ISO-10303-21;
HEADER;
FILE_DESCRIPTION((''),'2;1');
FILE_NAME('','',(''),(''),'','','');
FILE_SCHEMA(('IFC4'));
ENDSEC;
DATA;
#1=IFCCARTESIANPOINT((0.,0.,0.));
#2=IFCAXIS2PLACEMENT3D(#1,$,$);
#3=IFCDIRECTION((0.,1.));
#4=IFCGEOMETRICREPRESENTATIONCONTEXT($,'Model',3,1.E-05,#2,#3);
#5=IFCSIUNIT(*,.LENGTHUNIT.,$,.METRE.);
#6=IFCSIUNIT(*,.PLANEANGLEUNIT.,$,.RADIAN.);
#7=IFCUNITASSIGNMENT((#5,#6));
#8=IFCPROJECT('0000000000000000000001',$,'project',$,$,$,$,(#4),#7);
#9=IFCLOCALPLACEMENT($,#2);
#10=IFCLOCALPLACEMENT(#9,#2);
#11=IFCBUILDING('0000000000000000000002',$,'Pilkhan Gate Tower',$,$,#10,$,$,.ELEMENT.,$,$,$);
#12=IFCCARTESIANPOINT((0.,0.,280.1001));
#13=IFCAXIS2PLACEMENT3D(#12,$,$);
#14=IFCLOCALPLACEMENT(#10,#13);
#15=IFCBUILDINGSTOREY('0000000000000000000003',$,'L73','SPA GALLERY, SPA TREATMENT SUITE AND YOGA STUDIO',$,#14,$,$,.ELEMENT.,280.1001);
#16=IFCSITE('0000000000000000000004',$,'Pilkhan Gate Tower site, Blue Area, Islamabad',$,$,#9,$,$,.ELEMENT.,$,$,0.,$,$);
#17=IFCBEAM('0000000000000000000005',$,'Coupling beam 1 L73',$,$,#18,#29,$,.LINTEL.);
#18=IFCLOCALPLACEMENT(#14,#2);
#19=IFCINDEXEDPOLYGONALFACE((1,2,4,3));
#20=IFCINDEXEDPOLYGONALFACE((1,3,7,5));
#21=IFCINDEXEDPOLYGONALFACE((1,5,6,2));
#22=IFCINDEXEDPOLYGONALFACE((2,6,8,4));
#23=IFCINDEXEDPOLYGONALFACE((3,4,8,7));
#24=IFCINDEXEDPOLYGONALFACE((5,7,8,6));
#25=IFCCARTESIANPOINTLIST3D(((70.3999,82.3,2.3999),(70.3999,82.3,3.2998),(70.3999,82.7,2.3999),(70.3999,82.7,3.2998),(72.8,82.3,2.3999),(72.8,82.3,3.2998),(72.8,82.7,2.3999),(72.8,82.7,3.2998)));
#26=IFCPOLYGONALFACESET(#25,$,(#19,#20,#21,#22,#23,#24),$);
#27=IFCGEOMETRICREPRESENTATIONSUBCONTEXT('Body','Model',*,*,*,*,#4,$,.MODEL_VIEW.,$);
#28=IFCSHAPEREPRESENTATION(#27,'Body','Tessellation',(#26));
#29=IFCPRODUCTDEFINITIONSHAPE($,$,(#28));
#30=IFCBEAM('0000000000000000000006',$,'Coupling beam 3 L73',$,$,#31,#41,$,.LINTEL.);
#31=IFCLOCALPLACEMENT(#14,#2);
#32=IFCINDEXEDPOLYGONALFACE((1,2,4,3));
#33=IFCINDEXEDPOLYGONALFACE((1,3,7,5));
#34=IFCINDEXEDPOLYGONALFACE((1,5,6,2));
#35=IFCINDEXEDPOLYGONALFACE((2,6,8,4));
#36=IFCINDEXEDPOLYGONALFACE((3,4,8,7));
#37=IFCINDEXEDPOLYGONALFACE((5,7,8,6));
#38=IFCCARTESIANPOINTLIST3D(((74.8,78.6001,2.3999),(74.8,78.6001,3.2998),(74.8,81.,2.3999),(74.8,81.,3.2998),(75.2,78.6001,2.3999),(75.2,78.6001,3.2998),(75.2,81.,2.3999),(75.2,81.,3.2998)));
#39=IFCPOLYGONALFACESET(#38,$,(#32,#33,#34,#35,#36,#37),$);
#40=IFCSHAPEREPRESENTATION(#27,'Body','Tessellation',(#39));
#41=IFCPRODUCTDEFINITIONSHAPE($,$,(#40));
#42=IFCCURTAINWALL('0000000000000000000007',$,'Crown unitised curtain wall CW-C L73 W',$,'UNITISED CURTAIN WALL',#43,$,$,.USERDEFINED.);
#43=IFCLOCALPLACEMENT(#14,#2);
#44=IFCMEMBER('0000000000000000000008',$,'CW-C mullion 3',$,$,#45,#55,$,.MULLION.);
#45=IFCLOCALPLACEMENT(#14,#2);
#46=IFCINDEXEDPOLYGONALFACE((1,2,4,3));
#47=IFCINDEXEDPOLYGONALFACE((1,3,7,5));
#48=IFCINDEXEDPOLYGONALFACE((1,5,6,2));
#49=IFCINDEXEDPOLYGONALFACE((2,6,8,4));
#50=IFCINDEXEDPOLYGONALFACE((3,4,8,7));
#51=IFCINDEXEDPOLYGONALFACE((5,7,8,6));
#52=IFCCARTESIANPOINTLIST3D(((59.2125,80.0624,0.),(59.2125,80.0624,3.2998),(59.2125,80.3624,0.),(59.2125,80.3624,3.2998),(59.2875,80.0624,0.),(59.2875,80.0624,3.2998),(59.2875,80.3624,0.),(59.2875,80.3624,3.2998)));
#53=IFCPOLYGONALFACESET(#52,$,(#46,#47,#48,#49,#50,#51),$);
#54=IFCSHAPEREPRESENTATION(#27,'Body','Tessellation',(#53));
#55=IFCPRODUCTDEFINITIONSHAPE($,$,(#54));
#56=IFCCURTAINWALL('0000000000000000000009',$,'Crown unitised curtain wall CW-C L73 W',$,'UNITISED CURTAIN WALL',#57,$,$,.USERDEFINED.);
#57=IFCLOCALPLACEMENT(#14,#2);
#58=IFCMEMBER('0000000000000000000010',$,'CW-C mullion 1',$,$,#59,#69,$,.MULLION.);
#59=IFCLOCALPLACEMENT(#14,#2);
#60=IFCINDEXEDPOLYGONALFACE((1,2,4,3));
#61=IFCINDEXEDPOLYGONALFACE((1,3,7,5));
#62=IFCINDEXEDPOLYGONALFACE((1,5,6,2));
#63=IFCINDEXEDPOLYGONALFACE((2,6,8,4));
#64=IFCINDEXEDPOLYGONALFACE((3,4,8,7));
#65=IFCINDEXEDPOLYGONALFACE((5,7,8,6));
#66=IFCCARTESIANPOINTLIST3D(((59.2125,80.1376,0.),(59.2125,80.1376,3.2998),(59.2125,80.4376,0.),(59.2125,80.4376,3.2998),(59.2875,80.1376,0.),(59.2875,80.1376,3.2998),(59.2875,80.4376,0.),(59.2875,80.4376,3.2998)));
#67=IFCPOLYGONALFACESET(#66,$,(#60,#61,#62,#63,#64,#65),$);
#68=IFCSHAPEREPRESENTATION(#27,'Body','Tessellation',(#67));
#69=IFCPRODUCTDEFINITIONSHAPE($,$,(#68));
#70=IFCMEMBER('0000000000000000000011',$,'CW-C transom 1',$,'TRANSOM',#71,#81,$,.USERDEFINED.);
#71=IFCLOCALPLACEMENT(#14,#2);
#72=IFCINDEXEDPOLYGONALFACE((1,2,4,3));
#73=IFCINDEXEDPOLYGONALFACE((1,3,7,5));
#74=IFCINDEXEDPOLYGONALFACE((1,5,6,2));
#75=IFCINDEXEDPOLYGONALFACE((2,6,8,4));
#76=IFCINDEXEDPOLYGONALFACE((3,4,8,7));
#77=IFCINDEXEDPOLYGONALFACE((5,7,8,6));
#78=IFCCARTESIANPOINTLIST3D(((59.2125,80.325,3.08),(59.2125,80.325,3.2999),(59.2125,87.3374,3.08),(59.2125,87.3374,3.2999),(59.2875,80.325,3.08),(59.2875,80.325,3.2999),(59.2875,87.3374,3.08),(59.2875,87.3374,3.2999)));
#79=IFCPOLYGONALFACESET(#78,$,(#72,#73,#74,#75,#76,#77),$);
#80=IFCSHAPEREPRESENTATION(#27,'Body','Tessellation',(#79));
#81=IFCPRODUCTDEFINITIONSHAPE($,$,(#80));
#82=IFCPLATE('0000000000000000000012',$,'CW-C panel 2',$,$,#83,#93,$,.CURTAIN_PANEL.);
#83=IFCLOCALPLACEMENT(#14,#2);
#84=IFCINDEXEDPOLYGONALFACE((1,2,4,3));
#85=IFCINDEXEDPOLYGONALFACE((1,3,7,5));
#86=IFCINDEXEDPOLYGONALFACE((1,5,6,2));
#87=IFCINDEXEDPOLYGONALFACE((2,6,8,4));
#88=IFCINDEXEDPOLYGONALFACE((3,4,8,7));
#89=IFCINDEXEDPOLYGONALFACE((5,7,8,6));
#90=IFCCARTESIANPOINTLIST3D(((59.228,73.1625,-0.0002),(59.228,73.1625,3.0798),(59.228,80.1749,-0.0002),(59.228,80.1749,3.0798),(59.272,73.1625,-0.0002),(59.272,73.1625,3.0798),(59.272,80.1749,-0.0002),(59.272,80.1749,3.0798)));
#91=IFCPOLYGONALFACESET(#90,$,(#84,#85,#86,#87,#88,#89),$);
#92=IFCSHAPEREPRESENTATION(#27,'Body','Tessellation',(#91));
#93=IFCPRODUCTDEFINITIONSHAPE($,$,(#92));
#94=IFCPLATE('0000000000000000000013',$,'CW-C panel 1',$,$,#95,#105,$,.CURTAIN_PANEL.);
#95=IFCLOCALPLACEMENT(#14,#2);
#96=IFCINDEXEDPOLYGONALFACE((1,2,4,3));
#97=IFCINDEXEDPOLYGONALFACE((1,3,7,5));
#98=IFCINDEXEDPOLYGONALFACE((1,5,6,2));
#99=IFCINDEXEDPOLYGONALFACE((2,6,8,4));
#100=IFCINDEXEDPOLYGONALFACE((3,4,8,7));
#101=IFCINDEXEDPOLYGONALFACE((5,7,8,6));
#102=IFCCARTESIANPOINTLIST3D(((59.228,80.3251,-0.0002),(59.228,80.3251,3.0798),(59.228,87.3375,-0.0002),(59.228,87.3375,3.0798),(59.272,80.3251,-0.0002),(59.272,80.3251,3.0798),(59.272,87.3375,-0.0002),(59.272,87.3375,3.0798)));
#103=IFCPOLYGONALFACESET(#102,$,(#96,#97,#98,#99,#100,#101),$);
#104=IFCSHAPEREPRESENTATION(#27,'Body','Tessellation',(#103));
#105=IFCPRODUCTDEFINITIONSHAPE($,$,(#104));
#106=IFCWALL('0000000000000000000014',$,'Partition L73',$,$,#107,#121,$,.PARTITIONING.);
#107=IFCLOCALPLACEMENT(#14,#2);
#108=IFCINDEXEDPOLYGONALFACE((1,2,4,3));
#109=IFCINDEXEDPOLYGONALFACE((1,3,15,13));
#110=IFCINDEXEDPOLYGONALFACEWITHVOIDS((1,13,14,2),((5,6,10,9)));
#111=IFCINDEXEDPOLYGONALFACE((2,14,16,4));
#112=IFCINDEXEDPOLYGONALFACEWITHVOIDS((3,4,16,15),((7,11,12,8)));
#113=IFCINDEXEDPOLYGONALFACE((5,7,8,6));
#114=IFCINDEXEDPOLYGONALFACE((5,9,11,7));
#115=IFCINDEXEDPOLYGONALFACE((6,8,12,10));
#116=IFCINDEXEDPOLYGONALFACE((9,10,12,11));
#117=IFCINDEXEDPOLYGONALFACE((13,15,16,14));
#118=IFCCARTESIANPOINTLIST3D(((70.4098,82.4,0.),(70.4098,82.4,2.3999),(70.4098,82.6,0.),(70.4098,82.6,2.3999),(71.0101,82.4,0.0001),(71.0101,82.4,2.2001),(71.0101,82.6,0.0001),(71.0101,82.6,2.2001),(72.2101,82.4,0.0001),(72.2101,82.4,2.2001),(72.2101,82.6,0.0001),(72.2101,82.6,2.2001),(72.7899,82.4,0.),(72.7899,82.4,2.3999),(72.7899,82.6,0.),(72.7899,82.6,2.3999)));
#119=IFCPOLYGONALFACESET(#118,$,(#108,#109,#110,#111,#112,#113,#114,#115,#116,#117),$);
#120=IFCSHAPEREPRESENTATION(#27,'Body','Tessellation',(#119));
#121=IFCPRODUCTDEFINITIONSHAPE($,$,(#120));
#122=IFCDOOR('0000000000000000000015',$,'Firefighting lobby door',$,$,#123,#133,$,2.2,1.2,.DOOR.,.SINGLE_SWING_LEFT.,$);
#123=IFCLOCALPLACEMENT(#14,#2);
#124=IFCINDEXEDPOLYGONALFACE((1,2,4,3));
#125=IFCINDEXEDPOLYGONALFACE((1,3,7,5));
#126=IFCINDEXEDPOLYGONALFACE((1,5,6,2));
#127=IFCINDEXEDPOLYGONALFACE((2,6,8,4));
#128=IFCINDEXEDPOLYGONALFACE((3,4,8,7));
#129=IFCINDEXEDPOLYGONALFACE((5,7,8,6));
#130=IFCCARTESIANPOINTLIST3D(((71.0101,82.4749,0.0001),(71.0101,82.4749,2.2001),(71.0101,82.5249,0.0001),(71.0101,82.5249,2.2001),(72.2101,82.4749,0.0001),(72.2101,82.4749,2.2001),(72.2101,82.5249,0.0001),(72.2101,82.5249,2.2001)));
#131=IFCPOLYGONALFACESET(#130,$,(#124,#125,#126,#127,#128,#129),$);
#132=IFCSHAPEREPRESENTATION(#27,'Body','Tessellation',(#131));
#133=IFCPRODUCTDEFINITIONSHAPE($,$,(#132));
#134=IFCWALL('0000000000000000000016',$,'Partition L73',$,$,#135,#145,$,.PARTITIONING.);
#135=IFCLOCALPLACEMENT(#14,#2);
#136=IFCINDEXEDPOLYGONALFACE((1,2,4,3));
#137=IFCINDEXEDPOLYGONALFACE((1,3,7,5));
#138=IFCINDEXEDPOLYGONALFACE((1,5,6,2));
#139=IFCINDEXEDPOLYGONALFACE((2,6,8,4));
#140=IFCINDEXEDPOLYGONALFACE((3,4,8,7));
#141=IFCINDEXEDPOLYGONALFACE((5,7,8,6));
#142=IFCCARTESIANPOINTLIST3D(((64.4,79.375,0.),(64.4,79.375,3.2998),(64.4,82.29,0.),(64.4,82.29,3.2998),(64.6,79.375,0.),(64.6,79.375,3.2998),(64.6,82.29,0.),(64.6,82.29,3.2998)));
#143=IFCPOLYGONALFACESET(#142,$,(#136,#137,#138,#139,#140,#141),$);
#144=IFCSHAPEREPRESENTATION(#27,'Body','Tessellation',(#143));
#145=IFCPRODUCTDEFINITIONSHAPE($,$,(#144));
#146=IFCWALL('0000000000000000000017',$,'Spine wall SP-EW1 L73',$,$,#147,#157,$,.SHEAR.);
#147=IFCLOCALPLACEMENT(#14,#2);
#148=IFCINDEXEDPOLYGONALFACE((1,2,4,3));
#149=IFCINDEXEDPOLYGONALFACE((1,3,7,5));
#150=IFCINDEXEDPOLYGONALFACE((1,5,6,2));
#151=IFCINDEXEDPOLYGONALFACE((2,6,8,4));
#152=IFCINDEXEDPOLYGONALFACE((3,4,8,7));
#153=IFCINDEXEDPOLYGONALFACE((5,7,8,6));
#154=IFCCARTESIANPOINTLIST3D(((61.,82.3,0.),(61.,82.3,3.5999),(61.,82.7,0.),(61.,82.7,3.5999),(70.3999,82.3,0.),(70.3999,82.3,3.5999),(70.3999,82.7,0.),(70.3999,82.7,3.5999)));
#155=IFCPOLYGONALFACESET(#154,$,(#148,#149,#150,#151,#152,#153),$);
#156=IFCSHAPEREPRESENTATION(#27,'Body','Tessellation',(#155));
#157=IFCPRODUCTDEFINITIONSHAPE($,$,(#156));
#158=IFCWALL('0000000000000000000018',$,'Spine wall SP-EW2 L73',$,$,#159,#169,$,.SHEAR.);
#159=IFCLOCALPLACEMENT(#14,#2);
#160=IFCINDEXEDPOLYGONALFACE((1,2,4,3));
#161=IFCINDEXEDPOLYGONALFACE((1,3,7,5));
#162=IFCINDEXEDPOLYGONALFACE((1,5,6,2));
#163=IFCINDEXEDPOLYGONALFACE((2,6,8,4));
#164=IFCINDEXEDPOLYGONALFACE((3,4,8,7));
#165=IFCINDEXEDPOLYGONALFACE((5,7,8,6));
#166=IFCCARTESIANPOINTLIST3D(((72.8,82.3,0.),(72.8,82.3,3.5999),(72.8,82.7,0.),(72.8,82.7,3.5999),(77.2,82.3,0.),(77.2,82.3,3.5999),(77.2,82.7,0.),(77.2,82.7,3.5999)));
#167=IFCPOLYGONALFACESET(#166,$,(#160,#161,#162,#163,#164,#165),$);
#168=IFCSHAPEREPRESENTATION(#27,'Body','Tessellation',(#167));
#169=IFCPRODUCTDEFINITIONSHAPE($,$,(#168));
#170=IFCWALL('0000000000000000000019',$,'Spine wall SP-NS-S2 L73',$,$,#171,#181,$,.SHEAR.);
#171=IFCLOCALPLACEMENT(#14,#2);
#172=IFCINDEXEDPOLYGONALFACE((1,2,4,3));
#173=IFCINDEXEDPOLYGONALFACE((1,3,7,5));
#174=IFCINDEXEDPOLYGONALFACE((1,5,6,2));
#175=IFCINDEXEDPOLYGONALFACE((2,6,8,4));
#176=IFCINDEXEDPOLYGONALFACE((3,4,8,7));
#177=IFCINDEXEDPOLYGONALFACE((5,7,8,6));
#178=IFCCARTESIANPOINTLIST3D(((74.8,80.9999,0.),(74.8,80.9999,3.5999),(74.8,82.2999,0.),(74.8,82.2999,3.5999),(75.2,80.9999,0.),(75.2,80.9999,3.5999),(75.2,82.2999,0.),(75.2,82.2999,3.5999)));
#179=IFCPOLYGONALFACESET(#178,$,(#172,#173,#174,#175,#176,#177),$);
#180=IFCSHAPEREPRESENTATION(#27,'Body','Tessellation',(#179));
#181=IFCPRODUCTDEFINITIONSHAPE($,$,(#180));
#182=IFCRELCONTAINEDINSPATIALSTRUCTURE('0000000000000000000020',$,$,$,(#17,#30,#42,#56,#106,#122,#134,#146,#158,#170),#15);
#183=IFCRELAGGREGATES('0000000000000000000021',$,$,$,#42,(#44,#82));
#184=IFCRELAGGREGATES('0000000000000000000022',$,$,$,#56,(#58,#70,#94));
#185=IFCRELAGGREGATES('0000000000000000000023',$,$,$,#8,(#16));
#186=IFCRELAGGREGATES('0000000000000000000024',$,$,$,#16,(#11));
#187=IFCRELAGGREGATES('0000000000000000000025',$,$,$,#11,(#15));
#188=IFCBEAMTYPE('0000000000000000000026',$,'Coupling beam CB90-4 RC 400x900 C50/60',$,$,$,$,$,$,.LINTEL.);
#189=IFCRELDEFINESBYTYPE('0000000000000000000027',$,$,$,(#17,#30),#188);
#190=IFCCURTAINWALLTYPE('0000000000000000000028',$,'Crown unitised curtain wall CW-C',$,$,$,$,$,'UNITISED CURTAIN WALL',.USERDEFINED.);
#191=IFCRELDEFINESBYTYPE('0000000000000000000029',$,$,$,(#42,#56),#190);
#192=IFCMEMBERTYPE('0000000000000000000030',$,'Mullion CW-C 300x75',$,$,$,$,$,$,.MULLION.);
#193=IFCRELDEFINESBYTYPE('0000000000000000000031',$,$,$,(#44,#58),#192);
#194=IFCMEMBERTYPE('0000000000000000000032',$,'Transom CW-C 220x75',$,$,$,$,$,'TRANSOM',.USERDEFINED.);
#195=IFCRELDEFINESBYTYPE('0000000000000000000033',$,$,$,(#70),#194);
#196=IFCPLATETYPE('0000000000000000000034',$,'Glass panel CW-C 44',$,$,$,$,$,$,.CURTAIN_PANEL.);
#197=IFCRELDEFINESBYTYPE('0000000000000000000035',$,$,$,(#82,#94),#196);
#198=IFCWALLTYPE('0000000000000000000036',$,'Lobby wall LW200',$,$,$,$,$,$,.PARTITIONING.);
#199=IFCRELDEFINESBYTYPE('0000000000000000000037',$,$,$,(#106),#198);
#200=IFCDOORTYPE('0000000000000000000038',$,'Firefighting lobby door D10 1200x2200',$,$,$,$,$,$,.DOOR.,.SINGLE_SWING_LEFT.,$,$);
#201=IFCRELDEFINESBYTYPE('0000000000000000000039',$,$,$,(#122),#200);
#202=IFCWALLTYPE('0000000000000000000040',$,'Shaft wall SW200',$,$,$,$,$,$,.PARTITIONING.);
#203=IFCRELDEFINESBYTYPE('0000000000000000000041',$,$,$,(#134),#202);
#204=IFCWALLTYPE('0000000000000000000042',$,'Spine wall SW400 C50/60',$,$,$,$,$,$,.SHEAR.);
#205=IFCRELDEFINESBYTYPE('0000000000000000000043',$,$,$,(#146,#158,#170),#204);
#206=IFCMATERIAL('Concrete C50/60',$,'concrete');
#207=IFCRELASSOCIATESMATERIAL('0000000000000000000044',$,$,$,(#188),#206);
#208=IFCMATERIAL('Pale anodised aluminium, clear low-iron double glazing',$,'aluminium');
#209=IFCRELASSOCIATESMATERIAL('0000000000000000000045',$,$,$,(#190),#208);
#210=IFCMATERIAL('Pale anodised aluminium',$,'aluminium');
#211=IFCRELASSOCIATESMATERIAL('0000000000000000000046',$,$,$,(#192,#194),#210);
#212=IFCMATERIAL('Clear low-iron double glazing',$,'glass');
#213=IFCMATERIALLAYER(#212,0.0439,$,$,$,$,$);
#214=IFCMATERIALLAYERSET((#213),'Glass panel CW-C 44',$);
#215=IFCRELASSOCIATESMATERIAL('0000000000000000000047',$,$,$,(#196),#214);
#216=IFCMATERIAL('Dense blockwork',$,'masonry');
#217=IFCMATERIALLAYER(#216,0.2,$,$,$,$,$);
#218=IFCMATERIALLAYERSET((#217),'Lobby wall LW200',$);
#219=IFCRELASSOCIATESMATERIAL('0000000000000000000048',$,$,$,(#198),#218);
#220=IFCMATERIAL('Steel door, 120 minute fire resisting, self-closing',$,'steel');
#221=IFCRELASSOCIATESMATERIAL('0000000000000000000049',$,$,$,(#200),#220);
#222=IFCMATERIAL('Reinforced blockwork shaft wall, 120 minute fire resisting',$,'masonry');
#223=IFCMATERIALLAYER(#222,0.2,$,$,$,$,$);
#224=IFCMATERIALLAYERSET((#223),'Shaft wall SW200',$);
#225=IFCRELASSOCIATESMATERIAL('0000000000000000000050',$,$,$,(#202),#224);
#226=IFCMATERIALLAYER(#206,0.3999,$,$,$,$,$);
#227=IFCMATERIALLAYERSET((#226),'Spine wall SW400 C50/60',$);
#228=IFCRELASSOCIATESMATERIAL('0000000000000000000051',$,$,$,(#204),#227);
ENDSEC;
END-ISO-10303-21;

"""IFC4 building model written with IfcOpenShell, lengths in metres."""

from ifc_helpers import new_model, si_unit, direction, frame, frame_2d, origin, origin_2d, place, context, subcontext, project, spatial, rectangle, extrude, material, layer, layer_set, material_profile, profile_set, type_object, element, fill, aggregate, save


model = new_model("IFC4")

# Units and contexts
model_context = context("Model", 3, precision=1e-05, world=origin(), true_north=direction((0.0, 1.0)))
body_context = subcontext(model_context, "Body", "Model", "MODEL_VIEW")
ifc_project = project(units=[si_unit("LENGTHUNIT", "METRE"), si_unit("PLANEANGLEUNIT", "RADIAN")], contexts=[model_context])

# Site, building, storey
site_placement = place(None, origin())
site = spatial("IfcSite", under=ifc_project, at=site_placement, Name="Pilkhan Gate Tower site, Blue Area, Islamabad", CompositionType="ELEMENT", RefElevation=0.0)
building_placement = place(site_placement, origin())
building = spatial("IfcBuilding", under=site, at=building_placement, Name="Pilkhan Gate Tower", CompositionType="ELEMENT")
storey_placement = place(building_placement, frame((0.0, 0.0, 280.1001)))
storey = spatial("IfcBuildingStorey", under=building, at=storey_placement, Name="L73", Description="SPA GALLERY, SPA TREATMENT SUITE AND YOGA STUDIO", CompositionType="ELEMENT", Elevation=280.1001)

# Beams
ifc_material_1 = material(Name="Concrete C50/60", Category="concrete")
ifc_material_profile_1 = material_profile(ifc_material_1, rectangle(XDim=0.3999, YDim=0.8999, at=origin_2d()), Name="RC 400x900")
ifc_profile_set_1 = profile_set([ifc_material_profile_1], Name="Concrete C50/60")
beam_type = type_object("IfcBeamType", Name="Coupling beam CB90-4 RC 400x900 C50/60", PredefinedType="LINTEL", material=ifc_profile_set_1)
beam_1_placement = place(storey_placement, frame((70.3999, 82.5, 2.8499), z_axis=(1.0, 0.0, 0.0), x_axis=(0.0, 1.0, 0.0)))
element("IfcBeam", 1, at=beam_1_placement, inside=storey, type_object=beam_type, Name="Coupling beam 1 L73", PredefinedType="LINTEL", context=body_context, shape_type="SweptSolid", body=[
    extrude(rectangle(XDim=0.3999, YDim=0.8999, at=origin_2d()), origin(), (0.0, 0.0, 1.0), 2.4001),
])
beam_2_placement = place(storey_placement, frame((75.0, 78.6001, 2.8499), z_axis=(0.0, 1.0, 0.0), x_axis=(-1.0, 0.0, 0.0)))
element("IfcBeam", 2, at=beam_2_placement, inside=storey, type_object=beam_type, Name="Coupling beam 3 L73", PredefinedType="LINTEL", context=body_context, shape_type="SweptSolid", body=[
    extrude(rectangle(XDim=0.3999, YDim=0.8999, at=origin_2d()), origin(), (0.0, 0.0, 1.0), 2.3999),
])

# Curtain wall, member
ifc_material_2 = material(Name="Pale anodised aluminium, clear low-iron double glazing", Category="aluminium")
curtain_wall_type = type_object("IfcCurtainWallType", Name="Crown unitised curtain wall CW-C", ElementType="UNITISED CURTAIN WALL", PredefinedType="USERDEFINED", material=ifc_material_2)
curtain_wall_1_placement = place(storey_placement, origin())
curtain_wall_1 = element("IfcCurtainWall", 3, at=curtain_wall_1_placement, inside=storey, type_object=curtain_wall_type, Name="Crown unitised curtain wall CW-C L73 W", ObjectType="UNITISED CURTAIN WALL", PredefinedType="USERDEFINED")
ifc_material_3 = material(Name="Pale anodised aluminium", Category="aluminium")
ifc_material_profile_2 = material_profile(ifc_material_3, rectangle(XDim=0.075, YDim=0.3, at=origin_2d()), Name="Mullion 300x75")
ifc_profile_set_2 = profile_set([ifc_material_profile_2], Name="Pale anodised aluminium")
member_type_1 = type_object("IfcMemberType", Name="Mullion CW-C 300x75", PredefinedType="MULLION", material=ifc_profile_set_2)
member_1_placement = place(storey_placement, frame((59.25, 80.2124, 0.0), z_axis=(0.0, 0.0, 1.0), x_axis=(-1.0, 0.0, 0.0)))
member_1 = element("IfcMember", 4, at=member_1_placement, type_object=member_type_1, Name="CW-C mullion 3", PredefinedType="MULLION", context=body_context, shape_type="SweptSolid", body=[
    extrude(rectangle(XDim=0.075, YDim=0.3, at=origin_2d()), origin(), (0.0, 0.0, 1.0), 3.2998),
])

# Curtain wall, members
curtain_wall_2_placement = place(storey_placement, origin())
curtain_wall_2 = element("IfcCurtainWall", 5, at=curtain_wall_2_placement, inside=storey, type_object=curtain_wall_type, Name="Crown unitised curtain wall CW-C L73 W", ObjectType="UNITISED CURTAIN WALL", PredefinedType="USERDEFINED")
member_2_placement = place(storey_placement, frame((59.25, 80.2876, 0.0), z_axis=(0.0, 0.0, 1.0), x_axis=(-1.0, 0.0, 0.0)))
member_2 = element("IfcMember", 6, at=member_2_placement, type_object=member_type_1, Name="CW-C mullion 1", PredefinedType="MULLION", context=body_context, shape_type="SweptSolid", body=[
    extrude(rectangle(XDim=0.075, YDim=0.3, at=origin_2d()), origin(), (0.0, 0.0, 1.0), 3.2998),
])
ifc_material_profile_3 = material_profile(ifc_material_3, rectangle(XDim=0.075, YDim=0.22, at=origin_2d()), Name="Transom 220x75")
ifc_profile_set_3 = profile_set([ifc_material_profile_3], Name="Pale anodised aluminium")
member_type_2 = type_object("IfcMemberType", Name="Transom CW-C 220x75", ElementType="TRANSOM", PredefinedType="USERDEFINED", material=ifc_profile_set_3)
member_3_placement = place(storey_placement, frame((59.25, 80.325, 3.1899), z_axis=(0.0, 1.0, 0.0), x_axis=(-1.0, 0.0, 0.0)))
member_3 = element("IfcMember", 7, at=member_3_placement, type_object=member_type_2, Name="CW-C transom 1", ObjectType="TRANSOM", PredefinedType="USERDEFINED", context=body_context, shape_type="SweptSolid", body=[
    extrude(rectangle(XDim=0.075, YDim=0.22, at=origin_2d()), origin(), (0.0, 0.0, 1.0), 7.0125),
])

# Plates
ifc_material_4 = material(Name="Clear low-iron double glazing", Category="glass")
ifc_layer_1 = layer(ifc_material_4, 0.0439)
ifc_layer_set_1 = layer_set([ifc_layer_1], Name="Glass panel CW-C 44")
plate_type = type_object("IfcPlateType", Name="Glass panel CW-C 44", PredefinedType="CURTAIN_PANEL", material=ifc_layer_set_1)
plate_1_placement = place(storey_placement, frame((59.25, 76.6687, -0.0002), z_axis=(0.0, 0.0, 1.0), x_axis=(0.0, 1.0, 0.0)))
plate_1 = element("IfcPlate", 8, at=plate_1_placement, type_object=plate_type, Name="CW-C panel 2", PredefinedType="CURTAIN_PANEL", context=body_context, shape_type="SweptSolid", body=[
    extrude(rectangle(XDim=7.0125, YDim=0.0439, at=origin_2d()), origin(), (0.0, 0.0, 1.0), 3.0801),
])
aggregate(curtain_wall_1, [member_1, plate_1])
plate_2_placement = place(storey_placement, frame((59.25, 83.8313, -0.0002), z_axis=(0.0, 0.0, 1.0), x_axis=(0.0, 1.0, 0.0)))
plate_2 = element("IfcPlate", 9, at=plate_2_placement, type_object=plate_type, Name="CW-C panel 1", PredefinedType="CURTAIN_PANEL", context=body_context, shape_type="SweptSolid", body=[
    extrude(rectangle(XDim=7.0125, YDim=0.0439, at=origin_2d()), origin(), (0.0, 0.0, 1.0), 3.0801),
])
aggregate(curtain_wall_2, [member_2, member_3, plate_2])

# Wall, opening, door
ifc_material_5 = material(Name="Dense blockwork", Category="masonry")
ifc_layer_2 = layer(ifc_material_5, 0.2)
ifc_layer_set_2 = layer_set([ifc_layer_2], Name="Lobby wall LW200")
wall_type_1 = type_object("IfcWallType", Name="Lobby wall LW200", PredefinedType="PARTITIONING", material=ifc_layer_set_2)
wall_1_placement = place(storey_placement, frame((70.4099, 82.5, 0.0), z_axis=(0.0, 0.0, 1.0), x_axis=(1.0, 0.0, 0.0)))
wall_1 = element("IfcWall", 10, at=wall_1_placement, inside=storey, type_object=wall_type_1, Name="Partition L73", PredefinedType="PARTITIONING", context=body_context, shape_type="SweptSolid", body=[
    extrude(rectangle(XDim=2.3801, YDim=0.2, at=frame_2d((1.1899, 0.0))), origin(), (0.0, 0.0, 1.0), 2.3999),
])
opening_1_placement = place(wall_1_placement, frame((0.6001, 0.0, 0.0)))
opening_1 = element("IfcOpeningElement", 11, at=opening_1_placement, cuts=wall_1, PredefinedType="OPENING", context=body_context, shape_type="SweptSolid", body=[
    extrude(rectangle(XDim=1.2, YDim=2.2, at=frame_2d((0.6001, 1.1001))), frame((0.0, 0.1099, 0.0), z_axis=(0.0, -1.0, 0.0), x_axis=(1.0, 0.0, 0.0)), (0.0, 0.0, 1.0), 0.22),
])
ifc_material_6 = material(Name="Steel door, 120 minute fire resisting, self-closing", Category="steel")
door_type_1 = type_object("IfcDoorType", Name="Firefighting lobby door D10 1200x2200", OperationType="SINGLE_SWING_LEFT", PredefinedType="DOOR", material=ifc_material_6)
door_1_placement = place(opening_1_placement, origin())
door_1 = element("IfcDoor", 12, at=door_1_placement, inside=storey, type_object=door_type_1, Name="Firefighting lobby door", OperationType="SINGLE_SWING_LEFT", OverallHeight=2.2, OverallWidth=1.2, PredefinedType="DOOR", context=body_context, shape_type="SweptSolid", body=[
    extrude(rectangle(XDim=1.2, YDim=2.2, at=frame_2d((0.6001, 1.1001))), frame((0.0, 0.0249, 0.0), z_axis=(0.0, -1.0, 0.0), x_axis=(1.0, 0.0, 0.0)), (0.0, 0.0, 1.0), 0.05),
])
fill(opening_1, door_1)

# Walls
ifc_material_7 = material(Name="Reinforced blockwork shaft wall, 120 minute fire resisting", Category="masonry")
ifc_layer_3 = layer(ifc_material_7, 0.2)
ifc_layer_set_3 = layer_set([ifc_layer_3], Name="Shaft wall SW200")
wall_type_2 = type_object("IfcWallType", Name="Shaft wall SW200", PredefinedType="PARTITIONING", material=ifc_layer_set_3)
wall_2_placement = place(storey_placement, frame((64.5, 79.375, 0.0), z_axis=(0.0, 0.0, 1.0), x_axis=(0.0, 1.0, 0.0)))
element("IfcWall", 13, at=wall_2_placement, inside=storey, type_object=wall_type_2, Name="Partition L73", PredefinedType="PARTITIONING", context=body_context, shape_type="SweptSolid", body=[
    extrude(rectangle(XDim=2.915, YDim=0.2, at=frame_2d((1.4575, 0.0))), origin(), (0.0, 0.0, 1.0), 3.2998),
])
ifc_layer_4 = layer(ifc_material_1, 0.3999)
ifc_layer_set_4 = layer_set([ifc_layer_4], Name="Spine wall SW400 C50/60")
wall_type_3 = type_object("IfcWallType", Name="Spine wall SW400 C50/60", PredefinedType="SHEAR", material=ifc_layer_set_4)
wall_3_placement = place(storey_placement, frame((61.0, 82.5, 0.0), z_axis=(0.0, 0.0, 1.0), x_axis=(1.0, 0.0, 0.0)))
element("IfcWall", 14, at=wall_3_placement, inside=storey, type_object=wall_type_3, Name="Spine wall SP-EW1 L73", PredefinedType="SHEAR", context=body_context, shape_type="SweptSolid", body=[
    extrude(rectangle(XDim=9.3999, YDim=0.3999, at=frame_2d((4.7, 0.0))), origin(), (0.0, 0.0, 1.0), 3.5999),
])
wall_4_placement = place(storey_placement, frame((72.8, 82.5, 0.0), z_axis=(0.0, 0.0, 1.0), x_axis=(1.0, 0.0, 0.0)))
element("IfcWall", 15, at=wall_4_placement, inside=storey, type_object=wall_type_3, Name="Spine wall SP-EW2 L73", PredefinedType="SHEAR", context=body_context, shape_type="SweptSolid", body=[
    extrude(rectangle(XDim=4.3999, YDim=0.3999, at=frame_2d((2.2, 0.0))), origin(), (0.0, 0.0, 1.0), 3.5999),
])
wall_5_placement = place(storey_placement, frame((75.0, 81.0, 0.0), z_axis=(0.0, 0.0, 1.0), x_axis=(0.0, 1.0, 0.0)))
element("IfcWall", 16, at=wall_5_placement, inside=storey, type_object=wall_type_3, Name="Spine wall SP-NS-S2 L73", PredefinedType="SHEAR", context=body_context, shape_type="SweptSolid", body=[
    extrude(rectangle(XDim=1.3, YDim=0.3999, at=frame_2d((0.6499, 0.0))), origin(), (0.0, 0.0, 1.0), 3.5999),
])

save(model, "model.ifc")
